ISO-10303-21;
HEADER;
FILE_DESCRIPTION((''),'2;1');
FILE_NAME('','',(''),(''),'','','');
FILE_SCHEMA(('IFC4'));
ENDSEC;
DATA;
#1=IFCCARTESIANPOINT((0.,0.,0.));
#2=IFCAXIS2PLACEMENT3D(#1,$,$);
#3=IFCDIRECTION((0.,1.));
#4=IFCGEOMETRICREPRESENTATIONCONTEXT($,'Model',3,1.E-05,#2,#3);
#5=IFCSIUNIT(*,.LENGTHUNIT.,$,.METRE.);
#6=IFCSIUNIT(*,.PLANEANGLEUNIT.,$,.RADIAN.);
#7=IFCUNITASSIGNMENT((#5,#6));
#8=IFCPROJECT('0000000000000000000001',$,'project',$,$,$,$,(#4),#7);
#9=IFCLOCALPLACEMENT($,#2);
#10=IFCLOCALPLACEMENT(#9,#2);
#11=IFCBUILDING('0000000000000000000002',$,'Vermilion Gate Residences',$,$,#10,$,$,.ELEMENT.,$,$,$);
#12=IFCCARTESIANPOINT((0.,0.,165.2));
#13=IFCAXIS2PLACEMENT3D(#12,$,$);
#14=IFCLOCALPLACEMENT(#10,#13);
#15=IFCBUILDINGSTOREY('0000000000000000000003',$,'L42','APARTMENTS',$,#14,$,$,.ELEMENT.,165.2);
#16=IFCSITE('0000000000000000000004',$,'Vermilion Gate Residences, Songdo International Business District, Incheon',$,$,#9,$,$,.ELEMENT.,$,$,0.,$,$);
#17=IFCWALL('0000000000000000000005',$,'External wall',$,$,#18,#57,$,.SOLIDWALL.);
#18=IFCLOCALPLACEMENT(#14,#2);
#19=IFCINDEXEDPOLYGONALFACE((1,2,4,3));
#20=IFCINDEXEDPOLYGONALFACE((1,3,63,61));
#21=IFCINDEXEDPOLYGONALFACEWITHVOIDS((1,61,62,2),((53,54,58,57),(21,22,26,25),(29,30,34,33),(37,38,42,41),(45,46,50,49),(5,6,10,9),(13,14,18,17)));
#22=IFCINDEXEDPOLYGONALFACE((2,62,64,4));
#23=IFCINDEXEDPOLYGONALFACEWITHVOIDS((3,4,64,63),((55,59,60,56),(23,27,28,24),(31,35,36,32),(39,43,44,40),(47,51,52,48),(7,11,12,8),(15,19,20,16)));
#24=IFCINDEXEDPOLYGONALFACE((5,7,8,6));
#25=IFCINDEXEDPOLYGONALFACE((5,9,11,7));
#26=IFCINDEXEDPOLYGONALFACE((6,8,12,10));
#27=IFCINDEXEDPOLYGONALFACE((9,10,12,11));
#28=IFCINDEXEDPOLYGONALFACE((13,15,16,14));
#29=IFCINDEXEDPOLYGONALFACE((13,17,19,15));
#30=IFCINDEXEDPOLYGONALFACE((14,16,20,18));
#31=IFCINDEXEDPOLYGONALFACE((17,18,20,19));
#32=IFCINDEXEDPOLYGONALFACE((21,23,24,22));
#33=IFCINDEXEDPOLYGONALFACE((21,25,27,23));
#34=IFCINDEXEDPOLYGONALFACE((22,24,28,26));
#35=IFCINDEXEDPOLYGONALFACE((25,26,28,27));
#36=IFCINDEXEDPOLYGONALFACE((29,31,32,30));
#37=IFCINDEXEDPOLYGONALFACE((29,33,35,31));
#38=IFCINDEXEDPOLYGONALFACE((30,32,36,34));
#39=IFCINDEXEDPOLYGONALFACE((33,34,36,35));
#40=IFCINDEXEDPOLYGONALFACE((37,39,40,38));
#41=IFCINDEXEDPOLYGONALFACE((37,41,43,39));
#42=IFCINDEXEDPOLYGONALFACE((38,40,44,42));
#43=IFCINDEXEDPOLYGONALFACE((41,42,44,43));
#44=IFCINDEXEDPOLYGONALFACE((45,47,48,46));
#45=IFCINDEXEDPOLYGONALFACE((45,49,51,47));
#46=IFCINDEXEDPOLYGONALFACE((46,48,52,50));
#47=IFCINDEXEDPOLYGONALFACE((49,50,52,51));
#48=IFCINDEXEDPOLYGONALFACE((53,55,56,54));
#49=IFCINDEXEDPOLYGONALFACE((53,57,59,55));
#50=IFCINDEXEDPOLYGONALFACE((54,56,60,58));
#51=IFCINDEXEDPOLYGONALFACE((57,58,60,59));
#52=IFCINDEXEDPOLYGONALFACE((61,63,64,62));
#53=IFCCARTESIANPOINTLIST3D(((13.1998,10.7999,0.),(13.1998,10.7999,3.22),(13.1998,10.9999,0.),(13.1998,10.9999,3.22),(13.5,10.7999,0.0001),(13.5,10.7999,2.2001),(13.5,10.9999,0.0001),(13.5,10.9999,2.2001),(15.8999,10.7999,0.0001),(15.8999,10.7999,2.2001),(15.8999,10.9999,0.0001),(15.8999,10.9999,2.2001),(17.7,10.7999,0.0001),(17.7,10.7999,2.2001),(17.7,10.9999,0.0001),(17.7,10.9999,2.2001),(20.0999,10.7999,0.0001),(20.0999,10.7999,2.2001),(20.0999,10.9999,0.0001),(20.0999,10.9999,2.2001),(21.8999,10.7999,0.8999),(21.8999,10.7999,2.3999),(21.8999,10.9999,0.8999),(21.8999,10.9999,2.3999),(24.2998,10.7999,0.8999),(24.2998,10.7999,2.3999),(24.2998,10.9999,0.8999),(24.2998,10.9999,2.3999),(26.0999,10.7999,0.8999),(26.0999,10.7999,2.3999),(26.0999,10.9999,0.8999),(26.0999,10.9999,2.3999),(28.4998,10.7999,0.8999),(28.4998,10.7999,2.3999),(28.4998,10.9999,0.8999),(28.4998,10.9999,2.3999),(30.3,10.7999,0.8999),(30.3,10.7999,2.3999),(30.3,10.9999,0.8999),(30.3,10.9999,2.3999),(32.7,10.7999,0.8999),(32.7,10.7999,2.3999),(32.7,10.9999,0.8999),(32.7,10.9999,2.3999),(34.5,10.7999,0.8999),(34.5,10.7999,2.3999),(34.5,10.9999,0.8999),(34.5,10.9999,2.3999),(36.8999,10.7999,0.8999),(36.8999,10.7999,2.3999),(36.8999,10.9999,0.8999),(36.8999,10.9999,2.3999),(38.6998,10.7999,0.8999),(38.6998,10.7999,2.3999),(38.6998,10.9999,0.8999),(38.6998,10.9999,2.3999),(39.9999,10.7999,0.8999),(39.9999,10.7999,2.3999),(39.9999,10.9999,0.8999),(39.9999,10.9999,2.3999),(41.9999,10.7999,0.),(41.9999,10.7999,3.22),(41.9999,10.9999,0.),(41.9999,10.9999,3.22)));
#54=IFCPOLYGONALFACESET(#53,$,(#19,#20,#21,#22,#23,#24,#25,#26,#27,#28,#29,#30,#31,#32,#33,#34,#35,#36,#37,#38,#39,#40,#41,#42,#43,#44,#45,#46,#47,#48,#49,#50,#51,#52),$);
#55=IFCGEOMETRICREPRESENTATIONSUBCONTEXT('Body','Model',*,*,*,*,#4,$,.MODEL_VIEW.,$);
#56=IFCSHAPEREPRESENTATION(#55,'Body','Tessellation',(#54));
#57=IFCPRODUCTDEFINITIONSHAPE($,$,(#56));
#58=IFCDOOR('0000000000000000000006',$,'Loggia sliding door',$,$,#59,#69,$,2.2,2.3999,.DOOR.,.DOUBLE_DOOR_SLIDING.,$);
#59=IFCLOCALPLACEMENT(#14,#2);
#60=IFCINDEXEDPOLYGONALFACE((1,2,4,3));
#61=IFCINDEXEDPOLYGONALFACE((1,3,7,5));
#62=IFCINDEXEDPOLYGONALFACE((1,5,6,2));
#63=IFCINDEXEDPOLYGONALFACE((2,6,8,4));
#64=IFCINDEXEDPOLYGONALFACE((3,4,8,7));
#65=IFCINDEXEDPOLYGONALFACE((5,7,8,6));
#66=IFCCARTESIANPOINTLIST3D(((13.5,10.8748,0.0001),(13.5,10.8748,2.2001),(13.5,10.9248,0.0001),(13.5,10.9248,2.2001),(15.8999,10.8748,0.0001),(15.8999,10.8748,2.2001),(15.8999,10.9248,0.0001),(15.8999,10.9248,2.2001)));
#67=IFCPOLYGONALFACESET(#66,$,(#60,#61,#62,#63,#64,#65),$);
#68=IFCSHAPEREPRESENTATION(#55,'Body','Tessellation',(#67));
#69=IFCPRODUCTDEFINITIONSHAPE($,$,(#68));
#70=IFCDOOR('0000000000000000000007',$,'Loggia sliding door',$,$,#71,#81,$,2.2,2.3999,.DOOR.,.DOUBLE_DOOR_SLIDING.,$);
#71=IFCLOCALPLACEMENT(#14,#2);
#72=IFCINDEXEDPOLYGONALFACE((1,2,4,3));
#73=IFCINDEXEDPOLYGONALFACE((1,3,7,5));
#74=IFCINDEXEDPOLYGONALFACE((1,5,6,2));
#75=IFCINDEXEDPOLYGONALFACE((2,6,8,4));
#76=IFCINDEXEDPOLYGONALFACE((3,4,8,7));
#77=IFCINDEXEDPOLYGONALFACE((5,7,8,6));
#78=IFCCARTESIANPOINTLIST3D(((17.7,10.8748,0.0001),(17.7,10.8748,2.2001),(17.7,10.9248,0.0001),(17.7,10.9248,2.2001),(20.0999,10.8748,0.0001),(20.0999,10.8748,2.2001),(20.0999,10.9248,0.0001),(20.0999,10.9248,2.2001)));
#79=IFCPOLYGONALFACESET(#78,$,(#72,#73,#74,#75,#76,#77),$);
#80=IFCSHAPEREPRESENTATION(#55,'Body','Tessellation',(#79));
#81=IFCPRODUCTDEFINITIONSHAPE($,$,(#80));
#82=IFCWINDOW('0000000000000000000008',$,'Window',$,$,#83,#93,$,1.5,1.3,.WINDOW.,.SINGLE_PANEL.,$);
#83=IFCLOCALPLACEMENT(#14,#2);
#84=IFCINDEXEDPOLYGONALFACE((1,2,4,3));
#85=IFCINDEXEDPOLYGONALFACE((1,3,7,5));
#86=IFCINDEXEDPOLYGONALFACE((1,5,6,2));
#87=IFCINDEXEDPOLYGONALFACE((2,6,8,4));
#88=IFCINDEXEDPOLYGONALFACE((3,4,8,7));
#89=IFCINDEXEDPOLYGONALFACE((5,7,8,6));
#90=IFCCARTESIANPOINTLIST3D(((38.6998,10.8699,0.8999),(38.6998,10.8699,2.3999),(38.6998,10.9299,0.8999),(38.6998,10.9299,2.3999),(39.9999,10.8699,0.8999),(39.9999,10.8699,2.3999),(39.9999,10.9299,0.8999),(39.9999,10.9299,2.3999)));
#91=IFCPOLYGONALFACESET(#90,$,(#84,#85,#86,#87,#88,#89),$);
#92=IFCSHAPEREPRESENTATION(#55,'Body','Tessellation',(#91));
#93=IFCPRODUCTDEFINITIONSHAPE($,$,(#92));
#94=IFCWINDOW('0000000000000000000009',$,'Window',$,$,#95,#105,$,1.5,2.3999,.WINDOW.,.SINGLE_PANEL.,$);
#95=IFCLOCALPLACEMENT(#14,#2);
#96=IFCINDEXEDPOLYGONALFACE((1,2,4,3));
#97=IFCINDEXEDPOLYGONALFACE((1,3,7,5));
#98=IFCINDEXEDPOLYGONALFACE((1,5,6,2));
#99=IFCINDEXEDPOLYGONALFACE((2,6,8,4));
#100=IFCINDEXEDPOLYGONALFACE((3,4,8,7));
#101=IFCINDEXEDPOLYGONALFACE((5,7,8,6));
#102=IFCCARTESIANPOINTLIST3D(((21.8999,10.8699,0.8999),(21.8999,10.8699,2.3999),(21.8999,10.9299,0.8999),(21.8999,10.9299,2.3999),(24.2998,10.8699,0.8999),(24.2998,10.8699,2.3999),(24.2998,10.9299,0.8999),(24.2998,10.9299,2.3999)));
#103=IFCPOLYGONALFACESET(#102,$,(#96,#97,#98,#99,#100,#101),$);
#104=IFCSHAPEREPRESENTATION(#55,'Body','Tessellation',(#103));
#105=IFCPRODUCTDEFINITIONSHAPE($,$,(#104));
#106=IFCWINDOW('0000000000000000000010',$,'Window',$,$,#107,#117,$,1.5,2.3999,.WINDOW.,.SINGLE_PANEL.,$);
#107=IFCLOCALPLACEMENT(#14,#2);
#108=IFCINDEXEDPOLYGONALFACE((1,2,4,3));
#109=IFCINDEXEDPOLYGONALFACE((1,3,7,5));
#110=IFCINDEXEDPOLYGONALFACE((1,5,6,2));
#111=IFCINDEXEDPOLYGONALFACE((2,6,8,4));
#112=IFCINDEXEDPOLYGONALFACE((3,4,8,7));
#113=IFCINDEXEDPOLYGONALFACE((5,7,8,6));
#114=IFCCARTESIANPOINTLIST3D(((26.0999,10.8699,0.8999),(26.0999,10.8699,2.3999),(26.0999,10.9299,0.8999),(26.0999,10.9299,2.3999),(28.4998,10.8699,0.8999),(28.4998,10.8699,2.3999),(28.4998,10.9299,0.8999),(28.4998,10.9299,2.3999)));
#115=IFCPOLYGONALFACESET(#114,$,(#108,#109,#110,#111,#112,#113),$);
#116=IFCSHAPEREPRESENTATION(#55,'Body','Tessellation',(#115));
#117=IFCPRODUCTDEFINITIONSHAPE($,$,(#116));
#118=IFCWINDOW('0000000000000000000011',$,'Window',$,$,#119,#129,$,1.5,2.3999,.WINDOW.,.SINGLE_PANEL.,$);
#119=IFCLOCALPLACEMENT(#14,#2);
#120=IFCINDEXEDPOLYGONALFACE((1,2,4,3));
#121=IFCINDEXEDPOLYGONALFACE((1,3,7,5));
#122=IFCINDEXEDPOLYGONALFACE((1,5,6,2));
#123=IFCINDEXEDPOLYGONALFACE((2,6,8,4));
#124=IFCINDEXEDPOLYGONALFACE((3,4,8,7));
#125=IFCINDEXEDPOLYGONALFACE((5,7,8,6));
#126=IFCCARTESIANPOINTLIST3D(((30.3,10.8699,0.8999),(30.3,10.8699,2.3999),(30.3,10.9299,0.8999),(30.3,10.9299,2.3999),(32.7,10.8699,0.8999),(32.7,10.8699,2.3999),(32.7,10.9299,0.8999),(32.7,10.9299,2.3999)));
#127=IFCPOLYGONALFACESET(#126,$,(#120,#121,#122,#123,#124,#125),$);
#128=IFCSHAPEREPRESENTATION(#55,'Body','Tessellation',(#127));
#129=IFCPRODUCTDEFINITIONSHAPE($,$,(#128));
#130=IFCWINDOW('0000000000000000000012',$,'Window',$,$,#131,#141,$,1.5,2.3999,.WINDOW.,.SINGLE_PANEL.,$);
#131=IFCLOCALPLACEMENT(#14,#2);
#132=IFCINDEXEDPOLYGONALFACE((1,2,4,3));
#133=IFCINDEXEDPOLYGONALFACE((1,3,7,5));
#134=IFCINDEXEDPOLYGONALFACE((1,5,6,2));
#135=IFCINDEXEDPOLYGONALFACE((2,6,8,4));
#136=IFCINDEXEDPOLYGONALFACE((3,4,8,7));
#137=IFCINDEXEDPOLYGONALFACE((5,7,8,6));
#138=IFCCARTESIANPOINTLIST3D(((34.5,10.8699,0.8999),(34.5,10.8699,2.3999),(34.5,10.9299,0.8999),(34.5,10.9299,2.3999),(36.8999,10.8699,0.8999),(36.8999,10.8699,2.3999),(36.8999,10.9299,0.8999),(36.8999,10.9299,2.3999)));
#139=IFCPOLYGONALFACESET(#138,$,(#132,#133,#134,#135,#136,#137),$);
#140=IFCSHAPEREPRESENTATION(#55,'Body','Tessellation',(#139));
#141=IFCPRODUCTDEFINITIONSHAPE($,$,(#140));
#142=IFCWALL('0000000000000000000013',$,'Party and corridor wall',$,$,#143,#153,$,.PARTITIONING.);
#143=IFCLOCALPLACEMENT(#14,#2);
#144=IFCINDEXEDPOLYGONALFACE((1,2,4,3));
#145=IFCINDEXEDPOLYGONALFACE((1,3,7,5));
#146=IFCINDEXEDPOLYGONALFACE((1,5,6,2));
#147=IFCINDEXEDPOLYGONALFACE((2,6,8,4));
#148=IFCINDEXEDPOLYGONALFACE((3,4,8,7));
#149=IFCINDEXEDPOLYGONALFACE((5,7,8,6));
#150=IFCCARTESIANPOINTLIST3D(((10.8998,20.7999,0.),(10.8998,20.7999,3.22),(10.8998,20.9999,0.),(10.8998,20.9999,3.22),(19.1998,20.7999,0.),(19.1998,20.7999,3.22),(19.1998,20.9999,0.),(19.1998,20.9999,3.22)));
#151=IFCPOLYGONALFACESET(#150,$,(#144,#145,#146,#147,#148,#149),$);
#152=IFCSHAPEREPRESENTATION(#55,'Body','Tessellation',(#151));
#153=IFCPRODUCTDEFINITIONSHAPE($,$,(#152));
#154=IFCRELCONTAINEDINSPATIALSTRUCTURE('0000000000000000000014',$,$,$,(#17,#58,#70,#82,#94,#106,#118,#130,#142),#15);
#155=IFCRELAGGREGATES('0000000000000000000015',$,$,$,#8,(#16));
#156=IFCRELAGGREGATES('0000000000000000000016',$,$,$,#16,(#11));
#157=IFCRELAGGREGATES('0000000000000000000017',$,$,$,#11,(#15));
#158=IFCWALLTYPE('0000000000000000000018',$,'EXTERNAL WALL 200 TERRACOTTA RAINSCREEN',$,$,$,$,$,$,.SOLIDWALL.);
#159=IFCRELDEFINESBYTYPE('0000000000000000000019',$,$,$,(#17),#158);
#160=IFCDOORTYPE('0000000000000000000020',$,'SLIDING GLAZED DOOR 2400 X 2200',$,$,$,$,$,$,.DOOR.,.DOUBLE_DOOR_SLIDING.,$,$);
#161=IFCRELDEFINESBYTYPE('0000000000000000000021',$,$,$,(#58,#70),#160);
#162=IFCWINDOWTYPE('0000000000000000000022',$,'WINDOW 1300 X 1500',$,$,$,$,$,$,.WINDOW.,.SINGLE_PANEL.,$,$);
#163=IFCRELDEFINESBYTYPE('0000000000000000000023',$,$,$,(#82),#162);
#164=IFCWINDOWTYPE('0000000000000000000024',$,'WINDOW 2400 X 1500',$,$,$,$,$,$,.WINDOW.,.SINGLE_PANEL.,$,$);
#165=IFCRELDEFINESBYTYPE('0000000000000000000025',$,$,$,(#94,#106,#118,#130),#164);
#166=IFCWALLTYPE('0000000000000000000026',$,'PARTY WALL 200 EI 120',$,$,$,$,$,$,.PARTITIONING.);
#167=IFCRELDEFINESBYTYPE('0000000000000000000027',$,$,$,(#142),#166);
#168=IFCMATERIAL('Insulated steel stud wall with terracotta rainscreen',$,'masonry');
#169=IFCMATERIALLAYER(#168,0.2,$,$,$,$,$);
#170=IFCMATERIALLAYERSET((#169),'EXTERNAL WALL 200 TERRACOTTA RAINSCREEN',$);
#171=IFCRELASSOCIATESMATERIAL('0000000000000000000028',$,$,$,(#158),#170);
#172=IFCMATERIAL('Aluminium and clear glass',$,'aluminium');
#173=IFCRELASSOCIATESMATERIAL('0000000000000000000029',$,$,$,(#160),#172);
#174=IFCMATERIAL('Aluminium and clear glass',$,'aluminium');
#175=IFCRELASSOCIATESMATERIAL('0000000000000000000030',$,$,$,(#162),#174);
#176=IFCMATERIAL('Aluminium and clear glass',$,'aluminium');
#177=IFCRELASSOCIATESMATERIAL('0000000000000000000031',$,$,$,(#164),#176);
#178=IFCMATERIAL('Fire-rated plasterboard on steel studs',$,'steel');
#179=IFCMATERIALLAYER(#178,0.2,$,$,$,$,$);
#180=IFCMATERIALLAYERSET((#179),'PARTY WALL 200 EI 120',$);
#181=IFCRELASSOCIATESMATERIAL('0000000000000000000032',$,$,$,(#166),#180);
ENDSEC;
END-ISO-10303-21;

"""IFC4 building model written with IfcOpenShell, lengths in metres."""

from ifc_helpers import new_model, si_unit, direction, frame, frame_2d, origin, place, context, subcontext, project, spatial, rectangle, extrude, material, layer, layer_set, type_object, element, fill, save


model = new_model("IFC4")

# Units and contexts
model_context = context("Model", 3, precision=1e-05, world=origin(), true_north=direction((0.0, 1.0)))
body_context = subcontext(model_context, "Body", "Model", "MODEL_VIEW")
ifc_project = project(units=[si_unit("LENGTHUNIT", "METRE"), si_unit("PLANEANGLEUNIT", "RADIAN")], contexts=[model_context])

# Site, building, storey
site_placement = place(None, origin())
site = spatial("IfcSite", under=ifc_project, at=site_placement, Name="Vermilion Gate Residences, Songdo International Business District, Incheon", CompositionType="ELEMENT", RefElevation=0.0)
building_placement = place(site_placement, origin())
building = spatial("IfcBuilding", under=site, at=building_placement, Name="Vermilion Gate Residences", CompositionType="ELEMENT")
storey_placement = place(building_placement, frame((0.0, 0.0, 165.2)))
storey = spatial("IfcBuildingStorey", under=building, at=storey_placement, Name="L42", Description="APARTMENTS", CompositionType="ELEMENT", Elevation=165.2)

# Shared definitions
ifc_material_1 = material(Name="Insulated steel stud wall with terracotta rainscreen", Category="masonry")
ifc_layer_1 = layer(ifc_material_1, 0.2)
ifc_layer_set_1 = layer_set([ifc_layer_1], Name="EXTERNAL WALL 200 TERRACOTTA RAINSCREEN")
wall_type_1 = type_object("IfcWallType", Name="EXTERNAL WALL 200 TERRACOTTA RAINSCREEN", PredefinedType="SOLIDWALL", material=ifc_layer_set_1)

# Wall, openings, doors, windows
wall_1_placement = place(storey_placement, frame((13.2, 10.8999, 0.0), z_axis=(0.0, 0.0, 1.0), x_axis=(1.0, 0.0, 0.0)))
wall_1 = element("IfcWall", 1, at=wall_1_placement, inside=storey, type_object=wall_type_1, Name="External wall", PredefinedType="SOLIDWALL", context=body_context, shape_type="SweptSolid", body=[
    extrude(rectangle(XDim=28.8, YDim=0.2, at=frame_2d((14.3999, 0.0))), origin(), (0.0, 0.0, 1.0), 3.22),
])
opening_1_placement = place(wall_1_placement, frame((0.3, 0.0, 0.0)))
opening_1 = element("IfcOpeningElement", 2, at=opening_1_placement, cuts=wall_1, PredefinedType="OPENING", context=body_context, shape_type="SweptSolid", body=[
    extrude(rectangle(XDim=2.3999, YDim=2.2, at=frame_2d((1.2, 1.1001))), frame((0.0, 0.1099, 0.0), z_axis=(0.0, -1.0, 0.0), x_axis=(1.0, 0.0, 0.0)), (0.0, 0.0, 1.0), 0.22),
])
opening_2_placement = place(wall_1_placement, frame((4.5, 0.0, 0.0)))
opening_2 = element("IfcOpeningElement", 3, at=opening_2_placement, cuts=wall_1, PredefinedType="OPENING", context=body_context, shape_type="SweptSolid", body=[
    extrude(rectangle(XDim=2.3999, YDim=2.2, at=frame_2d((1.2, 1.1001))), frame((0.0, 0.1099, 0.0), z_axis=(0.0, -1.0, 0.0), x_axis=(1.0, 0.0, 0.0)), (0.0, 0.0, 1.0), 0.22),
])
opening_3_placement = place(wall_1_placement, frame((8.7, 0.0, 0.8999)))
opening_3 = element("IfcOpeningElement", 4, at=opening_3_placement, cuts=wall_1, PredefinedType="OPENING", context=body_context, shape_type="SweptSolid", body=[
    extrude(rectangle(XDim=2.3999, YDim=1.5, at=frame_2d((1.2, 0.75))), frame((0.0, 0.1099, 0.0), z_axis=(0.0, -1.0, 0.0), x_axis=(1.0, 0.0, 0.0)), (0.0, 0.0, 1.0), 0.22),
])
opening_4_placement = place(wall_1_placement, frame((12.8999, 0.0, 0.8999)))
opening_4 = element("IfcOpeningElement", 5, at=opening_4_placement, cuts=wall_1, PredefinedType="OPENING", context=body_context, shape_type="SweptSolid", body=[
    extrude(rectangle(XDim=2.3999, YDim=1.5, at=frame_2d((1.2, 0.75))), frame((0.0, 0.1099, 0.0), z_axis=(0.0, -1.0, 0.0), x_axis=(1.0, 0.0, 0.0)), (0.0, 0.0, 1.0), 0.22),
])
opening_5_placement = place(wall_1_placement, frame((17.1001, 0.0, 0.8999)))
opening_5 = element("IfcOpeningElement", 6, at=opening_5_placement, cuts=wall_1, PredefinedType="OPENING", context=body_context, shape_type="SweptSolid", body=[
    extrude(rectangle(XDim=2.3999, YDim=1.5, at=frame_2d((1.2, 0.75))), frame((0.0, 0.1099, 0.0), z_axis=(0.0, -1.0, 0.0), x_axis=(1.0, 0.0, 0.0)), (0.0, 0.0, 1.0), 0.22),
])
opening_6_placement = place(wall_1_placement, frame((21.3, 0.0, 0.8999)))
opening_6 = element("IfcOpeningElement", 7, at=opening_6_placement, cuts=wall_1, PredefinedType="OPENING", context=body_context, shape_type="SweptSolid", body=[
    extrude(rectangle(XDim=2.3999, YDim=1.5, at=frame_2d((1.2, 0.75))), frame((0.0, 0.1099, 0.0), z_axis=(0.0, -1.0, 0.0), x_axis=(1.0, 0.0, 0.0)), (0.0, 0.0, 1.0), 0.22),
])
opening_7_placement = place(wall_1_placement, frame((25.5, 0.0, 0.8999)))
opening_7 = element("IfcOpeningElement", 8, at=opening_7_placement, cuts=wall_1, PredefinedType="OPENING", context=body_context, shape_type="SweptSolid", body=[
    extrude(rectangle(XDim=1.3, YDim=1.5, at=frame_2d((0.6499, 0.75))), frame((0.0, 0.1099, 0.0), z_axis=(0.0, -1.0, 0.0), x_axis=(1.0, 0.0, 0.0)), (0.0, 0.0, 1.0), 0.22),
])
ifc_material_2 = material(Name="Aluminium and clear glass", Category="aluminium")
door_type = type_object("IfcDoorType", Name="SLIDING GLAZED DOOR 2400 X 2200", OperationType="DOUBLE_DOOR_SLIDING", PredefinedType="DOOR", material=ifc_material_2)
door_1_placement = place(opening_1_placement, origin())
door_1 = element("IfcDoor", 9, at=door_1_placement, inside=storey, type_object=door_type, Name="Loggia sliding door", OperationType="DOUBLE_DOOR_SLIDING", OverallHeight=2.2, OverallWidth=2.3999, PredefinedType="DOOR", context=body_context, shape_type="SweptSolid", body=[
    extrude(rectangle(XDim=2.3999, YDim=2.2, at=frame_2d((1.2, 1.1001))), frame((0.0, 0.0249, 0.0), z_axis=(0.0, -1.0, 0.0), x_axis=(1.0, 0.0, 0.0)), (0.0, 0.0, 1.0), 0.05),
])
fill(opening_1, door_1)
door_2_placement = place(opening_2_placement, origin())
door_2 = element("IfcDoor", 10, at=door_2_placement, inside=storey, type_object=door_type, Name="Loggia sliding door", OperationType="DOUBLE_DOOR_SLIDING", OverallHeight=2.2, OverallWidth=2.3999, PredefinedType="DOOR", context=body_context, shape_type="SweptSolid", body=[
    extrude(rectangle(XDim=2.3999, YDim=2.2, at=frame_2d((1.2, 1.1001))), frame((0.0, 0.0249, 0.0), z_axis=(0.0, -1.0, 0.0), x_axis=(1.0, 0.0, 0.0)), (0.0, 0.0, 1.0), 0.05),
])
fill(opening_2, door_2)
ifc_material_3 = material(Name="Aluminium and clear glass", Category="aluminium")
window_type_1 = type_object("IfcWindowType", Name="WINDOW 1300 X 1500", PartitioningType="SINGLE_PANEL", PredefinedType="WINDOW", material=ifc_material_3)
window_1_placement = place(opening_7_placement, origin())
window_1 = element("IfcWindow", 11, at=window_1_placement, inside=storey, type_object=window_type_1, Name="Window", OverallHeight=1.5, OverallWidth=1.3, PartitioningType="SINGLE_PANEL", PredefinedType="WINDOW", context=body_context, shape_type="SweptSolid", body=[
    extrude(rectangle(XDim=1.3, YDim=1.5, at=frame_2d((0.6499, 0.75))), frame((0.0, 0.03, 0.0), z_axis=(0.0, -1.0, 0.0), x_axis=(1.0, 0.0, 0.0)), (0.0, 0.0, 1.0), 0.0601),
])
fill(opening_7, window_1)
ifc_material_4 = material(Name="Aluminium and clear glass", Category="aluminium")
window_type_2 = type_object("IfcWindowType", Name="WINDOW 2400 X 1500", PartitioningType="SINGLE_PANEL", PredefinedType="WINDOW", material=ifc_material_4)
window_2_placement = place(opening_3_placement, origin())
window_2 = element("IfcWindow", 12, at=window_2_placement, inside=storey, type_object=window_type_2, Name="Window", OverallHeight=1.5, OverallWidth=2.3999, PartitioningType="SINGLE_PANEL", PredefinedType="WINDOW", context=body_context, shape_type="SweptSolid", body=[
    extrude(rectangle(XDim=2.3999, YDim=1.5, at=frame_2d((1.2, 0.75))), frame((0.0, 0.03, 0.0), z_axis=(0.0, -1.0, 0.0), x_axis=(1.0, 0.0, 0.0)), (0.0, 0.0, 1.0), 0.0601),
])
fill(opening_3, window_2)
window_3_placement = place(opening_4_placement, origin())
window_3 = element("IfcWindow", 13, at=window_3_placement, inside=storey, type_object=window_type_2, Name="Window", OverallHeight=1.5, OverallWidth=2.3999, PartitioningType="SINGLE_PANEL", PredefinedType="WINDOW", context=body_context, shape_type="SweptSolid", body=[
    extrude(rectangle(XDim=2.3999, YDim=1.5, at=frame_2d((1.2, 0.75))), frame((0.0, 0.03, 0.0), z_axis=(0.0, -1.0, 0.0), x_axis=(1.0, 0.0, 0.0)), (0.0, 0.0, 1.0), 0.0601),
])
fill(opening_4, window_3)
window_4_placement = place(opening_5_placement, origin())
window_4 = element("IfcWindow", 14, at=window_4_placement, inside=storey, type_object=window_type_2, Name="Window", OverallHeight=1.5, OverallWidth=2.3999, PartitioningType="SINGLE_PANEL", PredefinedType="WINDOW", context=body_context, shape_type="SweptSolid", body=[
    extrude(rectangle(XDim=2.3999, YDim=1.5, at=frame_2d((1.2, 0.75))), frame((0.0, 0.03, 0.0), z_axis=(0.0, -1.0, 0.0), x_axis=(1.0, 0.0, 0.0)), (0.0, 0.0, 1.0), 0.0601),
])
fill(opening_5, window_4)
window_5_placement = place(opening_6_placement, origin())
window_5 = element("IfcWindow", 15, at=window_5_placement, inside=storey, type_object=window_type_2, Name="Window", OverallHeight=1.5, OverallWidth=2.3999, PartitioningType="SINGLE_PANEL", PredefinedType="WINDOW", context=body_context, shape_type="SweptSolid", body=[
    extrude(rectangle(XDim=2.3999, YDim=1.5, at=frame_2d((1.2, 0.75))), frame((0.0, 0.03, 0.0), z_axis=(0.0, -1.0, 0.0), x_axis=(1.0, 0.0, 0.0)), (0.0, 0.0, 1.0), 0.0601),
])
fill(opening_6, window_5)

# Wall
ifc_material_5 = material(Name="Fire-rated plasterboard on steel studs", Category="steel")
ifc_layer_2 = layer(ifc_material_5, 0.2)
ifc_layer_set_2 = layer_set([ifc_layer_2], Name="PARTY WALL 200 EI 120")
wall_type_2 = type_object("IfcWallType", Name="PARTY WALL 200 EI 120", PredefinedType="PARTITIONING", material=ifc_layer_set_2)
wall_2_placement = place(storey_placement, frame((10.8999, 20.8999, 0.0), z_axis=(0.0, 0.0, 1.0), x_axis=(1.0, 0.0, 0.0)))
element("IfcWall", 16, at=wall_2_placement, inside=storey, type_object=wall_type_2, Name="Party and corridor wall", PredefinedType="PARTITIONING", context=body_context, shape_type="SweptSolid", body=[
    extrude(rectangle(XDim=8.3, YDim=0.2, at=frame_2d((4.1499, 0.0))), origin(), (0.0, 0.0, 1.0), 3.22),
])

save(model, "model.ifc")
